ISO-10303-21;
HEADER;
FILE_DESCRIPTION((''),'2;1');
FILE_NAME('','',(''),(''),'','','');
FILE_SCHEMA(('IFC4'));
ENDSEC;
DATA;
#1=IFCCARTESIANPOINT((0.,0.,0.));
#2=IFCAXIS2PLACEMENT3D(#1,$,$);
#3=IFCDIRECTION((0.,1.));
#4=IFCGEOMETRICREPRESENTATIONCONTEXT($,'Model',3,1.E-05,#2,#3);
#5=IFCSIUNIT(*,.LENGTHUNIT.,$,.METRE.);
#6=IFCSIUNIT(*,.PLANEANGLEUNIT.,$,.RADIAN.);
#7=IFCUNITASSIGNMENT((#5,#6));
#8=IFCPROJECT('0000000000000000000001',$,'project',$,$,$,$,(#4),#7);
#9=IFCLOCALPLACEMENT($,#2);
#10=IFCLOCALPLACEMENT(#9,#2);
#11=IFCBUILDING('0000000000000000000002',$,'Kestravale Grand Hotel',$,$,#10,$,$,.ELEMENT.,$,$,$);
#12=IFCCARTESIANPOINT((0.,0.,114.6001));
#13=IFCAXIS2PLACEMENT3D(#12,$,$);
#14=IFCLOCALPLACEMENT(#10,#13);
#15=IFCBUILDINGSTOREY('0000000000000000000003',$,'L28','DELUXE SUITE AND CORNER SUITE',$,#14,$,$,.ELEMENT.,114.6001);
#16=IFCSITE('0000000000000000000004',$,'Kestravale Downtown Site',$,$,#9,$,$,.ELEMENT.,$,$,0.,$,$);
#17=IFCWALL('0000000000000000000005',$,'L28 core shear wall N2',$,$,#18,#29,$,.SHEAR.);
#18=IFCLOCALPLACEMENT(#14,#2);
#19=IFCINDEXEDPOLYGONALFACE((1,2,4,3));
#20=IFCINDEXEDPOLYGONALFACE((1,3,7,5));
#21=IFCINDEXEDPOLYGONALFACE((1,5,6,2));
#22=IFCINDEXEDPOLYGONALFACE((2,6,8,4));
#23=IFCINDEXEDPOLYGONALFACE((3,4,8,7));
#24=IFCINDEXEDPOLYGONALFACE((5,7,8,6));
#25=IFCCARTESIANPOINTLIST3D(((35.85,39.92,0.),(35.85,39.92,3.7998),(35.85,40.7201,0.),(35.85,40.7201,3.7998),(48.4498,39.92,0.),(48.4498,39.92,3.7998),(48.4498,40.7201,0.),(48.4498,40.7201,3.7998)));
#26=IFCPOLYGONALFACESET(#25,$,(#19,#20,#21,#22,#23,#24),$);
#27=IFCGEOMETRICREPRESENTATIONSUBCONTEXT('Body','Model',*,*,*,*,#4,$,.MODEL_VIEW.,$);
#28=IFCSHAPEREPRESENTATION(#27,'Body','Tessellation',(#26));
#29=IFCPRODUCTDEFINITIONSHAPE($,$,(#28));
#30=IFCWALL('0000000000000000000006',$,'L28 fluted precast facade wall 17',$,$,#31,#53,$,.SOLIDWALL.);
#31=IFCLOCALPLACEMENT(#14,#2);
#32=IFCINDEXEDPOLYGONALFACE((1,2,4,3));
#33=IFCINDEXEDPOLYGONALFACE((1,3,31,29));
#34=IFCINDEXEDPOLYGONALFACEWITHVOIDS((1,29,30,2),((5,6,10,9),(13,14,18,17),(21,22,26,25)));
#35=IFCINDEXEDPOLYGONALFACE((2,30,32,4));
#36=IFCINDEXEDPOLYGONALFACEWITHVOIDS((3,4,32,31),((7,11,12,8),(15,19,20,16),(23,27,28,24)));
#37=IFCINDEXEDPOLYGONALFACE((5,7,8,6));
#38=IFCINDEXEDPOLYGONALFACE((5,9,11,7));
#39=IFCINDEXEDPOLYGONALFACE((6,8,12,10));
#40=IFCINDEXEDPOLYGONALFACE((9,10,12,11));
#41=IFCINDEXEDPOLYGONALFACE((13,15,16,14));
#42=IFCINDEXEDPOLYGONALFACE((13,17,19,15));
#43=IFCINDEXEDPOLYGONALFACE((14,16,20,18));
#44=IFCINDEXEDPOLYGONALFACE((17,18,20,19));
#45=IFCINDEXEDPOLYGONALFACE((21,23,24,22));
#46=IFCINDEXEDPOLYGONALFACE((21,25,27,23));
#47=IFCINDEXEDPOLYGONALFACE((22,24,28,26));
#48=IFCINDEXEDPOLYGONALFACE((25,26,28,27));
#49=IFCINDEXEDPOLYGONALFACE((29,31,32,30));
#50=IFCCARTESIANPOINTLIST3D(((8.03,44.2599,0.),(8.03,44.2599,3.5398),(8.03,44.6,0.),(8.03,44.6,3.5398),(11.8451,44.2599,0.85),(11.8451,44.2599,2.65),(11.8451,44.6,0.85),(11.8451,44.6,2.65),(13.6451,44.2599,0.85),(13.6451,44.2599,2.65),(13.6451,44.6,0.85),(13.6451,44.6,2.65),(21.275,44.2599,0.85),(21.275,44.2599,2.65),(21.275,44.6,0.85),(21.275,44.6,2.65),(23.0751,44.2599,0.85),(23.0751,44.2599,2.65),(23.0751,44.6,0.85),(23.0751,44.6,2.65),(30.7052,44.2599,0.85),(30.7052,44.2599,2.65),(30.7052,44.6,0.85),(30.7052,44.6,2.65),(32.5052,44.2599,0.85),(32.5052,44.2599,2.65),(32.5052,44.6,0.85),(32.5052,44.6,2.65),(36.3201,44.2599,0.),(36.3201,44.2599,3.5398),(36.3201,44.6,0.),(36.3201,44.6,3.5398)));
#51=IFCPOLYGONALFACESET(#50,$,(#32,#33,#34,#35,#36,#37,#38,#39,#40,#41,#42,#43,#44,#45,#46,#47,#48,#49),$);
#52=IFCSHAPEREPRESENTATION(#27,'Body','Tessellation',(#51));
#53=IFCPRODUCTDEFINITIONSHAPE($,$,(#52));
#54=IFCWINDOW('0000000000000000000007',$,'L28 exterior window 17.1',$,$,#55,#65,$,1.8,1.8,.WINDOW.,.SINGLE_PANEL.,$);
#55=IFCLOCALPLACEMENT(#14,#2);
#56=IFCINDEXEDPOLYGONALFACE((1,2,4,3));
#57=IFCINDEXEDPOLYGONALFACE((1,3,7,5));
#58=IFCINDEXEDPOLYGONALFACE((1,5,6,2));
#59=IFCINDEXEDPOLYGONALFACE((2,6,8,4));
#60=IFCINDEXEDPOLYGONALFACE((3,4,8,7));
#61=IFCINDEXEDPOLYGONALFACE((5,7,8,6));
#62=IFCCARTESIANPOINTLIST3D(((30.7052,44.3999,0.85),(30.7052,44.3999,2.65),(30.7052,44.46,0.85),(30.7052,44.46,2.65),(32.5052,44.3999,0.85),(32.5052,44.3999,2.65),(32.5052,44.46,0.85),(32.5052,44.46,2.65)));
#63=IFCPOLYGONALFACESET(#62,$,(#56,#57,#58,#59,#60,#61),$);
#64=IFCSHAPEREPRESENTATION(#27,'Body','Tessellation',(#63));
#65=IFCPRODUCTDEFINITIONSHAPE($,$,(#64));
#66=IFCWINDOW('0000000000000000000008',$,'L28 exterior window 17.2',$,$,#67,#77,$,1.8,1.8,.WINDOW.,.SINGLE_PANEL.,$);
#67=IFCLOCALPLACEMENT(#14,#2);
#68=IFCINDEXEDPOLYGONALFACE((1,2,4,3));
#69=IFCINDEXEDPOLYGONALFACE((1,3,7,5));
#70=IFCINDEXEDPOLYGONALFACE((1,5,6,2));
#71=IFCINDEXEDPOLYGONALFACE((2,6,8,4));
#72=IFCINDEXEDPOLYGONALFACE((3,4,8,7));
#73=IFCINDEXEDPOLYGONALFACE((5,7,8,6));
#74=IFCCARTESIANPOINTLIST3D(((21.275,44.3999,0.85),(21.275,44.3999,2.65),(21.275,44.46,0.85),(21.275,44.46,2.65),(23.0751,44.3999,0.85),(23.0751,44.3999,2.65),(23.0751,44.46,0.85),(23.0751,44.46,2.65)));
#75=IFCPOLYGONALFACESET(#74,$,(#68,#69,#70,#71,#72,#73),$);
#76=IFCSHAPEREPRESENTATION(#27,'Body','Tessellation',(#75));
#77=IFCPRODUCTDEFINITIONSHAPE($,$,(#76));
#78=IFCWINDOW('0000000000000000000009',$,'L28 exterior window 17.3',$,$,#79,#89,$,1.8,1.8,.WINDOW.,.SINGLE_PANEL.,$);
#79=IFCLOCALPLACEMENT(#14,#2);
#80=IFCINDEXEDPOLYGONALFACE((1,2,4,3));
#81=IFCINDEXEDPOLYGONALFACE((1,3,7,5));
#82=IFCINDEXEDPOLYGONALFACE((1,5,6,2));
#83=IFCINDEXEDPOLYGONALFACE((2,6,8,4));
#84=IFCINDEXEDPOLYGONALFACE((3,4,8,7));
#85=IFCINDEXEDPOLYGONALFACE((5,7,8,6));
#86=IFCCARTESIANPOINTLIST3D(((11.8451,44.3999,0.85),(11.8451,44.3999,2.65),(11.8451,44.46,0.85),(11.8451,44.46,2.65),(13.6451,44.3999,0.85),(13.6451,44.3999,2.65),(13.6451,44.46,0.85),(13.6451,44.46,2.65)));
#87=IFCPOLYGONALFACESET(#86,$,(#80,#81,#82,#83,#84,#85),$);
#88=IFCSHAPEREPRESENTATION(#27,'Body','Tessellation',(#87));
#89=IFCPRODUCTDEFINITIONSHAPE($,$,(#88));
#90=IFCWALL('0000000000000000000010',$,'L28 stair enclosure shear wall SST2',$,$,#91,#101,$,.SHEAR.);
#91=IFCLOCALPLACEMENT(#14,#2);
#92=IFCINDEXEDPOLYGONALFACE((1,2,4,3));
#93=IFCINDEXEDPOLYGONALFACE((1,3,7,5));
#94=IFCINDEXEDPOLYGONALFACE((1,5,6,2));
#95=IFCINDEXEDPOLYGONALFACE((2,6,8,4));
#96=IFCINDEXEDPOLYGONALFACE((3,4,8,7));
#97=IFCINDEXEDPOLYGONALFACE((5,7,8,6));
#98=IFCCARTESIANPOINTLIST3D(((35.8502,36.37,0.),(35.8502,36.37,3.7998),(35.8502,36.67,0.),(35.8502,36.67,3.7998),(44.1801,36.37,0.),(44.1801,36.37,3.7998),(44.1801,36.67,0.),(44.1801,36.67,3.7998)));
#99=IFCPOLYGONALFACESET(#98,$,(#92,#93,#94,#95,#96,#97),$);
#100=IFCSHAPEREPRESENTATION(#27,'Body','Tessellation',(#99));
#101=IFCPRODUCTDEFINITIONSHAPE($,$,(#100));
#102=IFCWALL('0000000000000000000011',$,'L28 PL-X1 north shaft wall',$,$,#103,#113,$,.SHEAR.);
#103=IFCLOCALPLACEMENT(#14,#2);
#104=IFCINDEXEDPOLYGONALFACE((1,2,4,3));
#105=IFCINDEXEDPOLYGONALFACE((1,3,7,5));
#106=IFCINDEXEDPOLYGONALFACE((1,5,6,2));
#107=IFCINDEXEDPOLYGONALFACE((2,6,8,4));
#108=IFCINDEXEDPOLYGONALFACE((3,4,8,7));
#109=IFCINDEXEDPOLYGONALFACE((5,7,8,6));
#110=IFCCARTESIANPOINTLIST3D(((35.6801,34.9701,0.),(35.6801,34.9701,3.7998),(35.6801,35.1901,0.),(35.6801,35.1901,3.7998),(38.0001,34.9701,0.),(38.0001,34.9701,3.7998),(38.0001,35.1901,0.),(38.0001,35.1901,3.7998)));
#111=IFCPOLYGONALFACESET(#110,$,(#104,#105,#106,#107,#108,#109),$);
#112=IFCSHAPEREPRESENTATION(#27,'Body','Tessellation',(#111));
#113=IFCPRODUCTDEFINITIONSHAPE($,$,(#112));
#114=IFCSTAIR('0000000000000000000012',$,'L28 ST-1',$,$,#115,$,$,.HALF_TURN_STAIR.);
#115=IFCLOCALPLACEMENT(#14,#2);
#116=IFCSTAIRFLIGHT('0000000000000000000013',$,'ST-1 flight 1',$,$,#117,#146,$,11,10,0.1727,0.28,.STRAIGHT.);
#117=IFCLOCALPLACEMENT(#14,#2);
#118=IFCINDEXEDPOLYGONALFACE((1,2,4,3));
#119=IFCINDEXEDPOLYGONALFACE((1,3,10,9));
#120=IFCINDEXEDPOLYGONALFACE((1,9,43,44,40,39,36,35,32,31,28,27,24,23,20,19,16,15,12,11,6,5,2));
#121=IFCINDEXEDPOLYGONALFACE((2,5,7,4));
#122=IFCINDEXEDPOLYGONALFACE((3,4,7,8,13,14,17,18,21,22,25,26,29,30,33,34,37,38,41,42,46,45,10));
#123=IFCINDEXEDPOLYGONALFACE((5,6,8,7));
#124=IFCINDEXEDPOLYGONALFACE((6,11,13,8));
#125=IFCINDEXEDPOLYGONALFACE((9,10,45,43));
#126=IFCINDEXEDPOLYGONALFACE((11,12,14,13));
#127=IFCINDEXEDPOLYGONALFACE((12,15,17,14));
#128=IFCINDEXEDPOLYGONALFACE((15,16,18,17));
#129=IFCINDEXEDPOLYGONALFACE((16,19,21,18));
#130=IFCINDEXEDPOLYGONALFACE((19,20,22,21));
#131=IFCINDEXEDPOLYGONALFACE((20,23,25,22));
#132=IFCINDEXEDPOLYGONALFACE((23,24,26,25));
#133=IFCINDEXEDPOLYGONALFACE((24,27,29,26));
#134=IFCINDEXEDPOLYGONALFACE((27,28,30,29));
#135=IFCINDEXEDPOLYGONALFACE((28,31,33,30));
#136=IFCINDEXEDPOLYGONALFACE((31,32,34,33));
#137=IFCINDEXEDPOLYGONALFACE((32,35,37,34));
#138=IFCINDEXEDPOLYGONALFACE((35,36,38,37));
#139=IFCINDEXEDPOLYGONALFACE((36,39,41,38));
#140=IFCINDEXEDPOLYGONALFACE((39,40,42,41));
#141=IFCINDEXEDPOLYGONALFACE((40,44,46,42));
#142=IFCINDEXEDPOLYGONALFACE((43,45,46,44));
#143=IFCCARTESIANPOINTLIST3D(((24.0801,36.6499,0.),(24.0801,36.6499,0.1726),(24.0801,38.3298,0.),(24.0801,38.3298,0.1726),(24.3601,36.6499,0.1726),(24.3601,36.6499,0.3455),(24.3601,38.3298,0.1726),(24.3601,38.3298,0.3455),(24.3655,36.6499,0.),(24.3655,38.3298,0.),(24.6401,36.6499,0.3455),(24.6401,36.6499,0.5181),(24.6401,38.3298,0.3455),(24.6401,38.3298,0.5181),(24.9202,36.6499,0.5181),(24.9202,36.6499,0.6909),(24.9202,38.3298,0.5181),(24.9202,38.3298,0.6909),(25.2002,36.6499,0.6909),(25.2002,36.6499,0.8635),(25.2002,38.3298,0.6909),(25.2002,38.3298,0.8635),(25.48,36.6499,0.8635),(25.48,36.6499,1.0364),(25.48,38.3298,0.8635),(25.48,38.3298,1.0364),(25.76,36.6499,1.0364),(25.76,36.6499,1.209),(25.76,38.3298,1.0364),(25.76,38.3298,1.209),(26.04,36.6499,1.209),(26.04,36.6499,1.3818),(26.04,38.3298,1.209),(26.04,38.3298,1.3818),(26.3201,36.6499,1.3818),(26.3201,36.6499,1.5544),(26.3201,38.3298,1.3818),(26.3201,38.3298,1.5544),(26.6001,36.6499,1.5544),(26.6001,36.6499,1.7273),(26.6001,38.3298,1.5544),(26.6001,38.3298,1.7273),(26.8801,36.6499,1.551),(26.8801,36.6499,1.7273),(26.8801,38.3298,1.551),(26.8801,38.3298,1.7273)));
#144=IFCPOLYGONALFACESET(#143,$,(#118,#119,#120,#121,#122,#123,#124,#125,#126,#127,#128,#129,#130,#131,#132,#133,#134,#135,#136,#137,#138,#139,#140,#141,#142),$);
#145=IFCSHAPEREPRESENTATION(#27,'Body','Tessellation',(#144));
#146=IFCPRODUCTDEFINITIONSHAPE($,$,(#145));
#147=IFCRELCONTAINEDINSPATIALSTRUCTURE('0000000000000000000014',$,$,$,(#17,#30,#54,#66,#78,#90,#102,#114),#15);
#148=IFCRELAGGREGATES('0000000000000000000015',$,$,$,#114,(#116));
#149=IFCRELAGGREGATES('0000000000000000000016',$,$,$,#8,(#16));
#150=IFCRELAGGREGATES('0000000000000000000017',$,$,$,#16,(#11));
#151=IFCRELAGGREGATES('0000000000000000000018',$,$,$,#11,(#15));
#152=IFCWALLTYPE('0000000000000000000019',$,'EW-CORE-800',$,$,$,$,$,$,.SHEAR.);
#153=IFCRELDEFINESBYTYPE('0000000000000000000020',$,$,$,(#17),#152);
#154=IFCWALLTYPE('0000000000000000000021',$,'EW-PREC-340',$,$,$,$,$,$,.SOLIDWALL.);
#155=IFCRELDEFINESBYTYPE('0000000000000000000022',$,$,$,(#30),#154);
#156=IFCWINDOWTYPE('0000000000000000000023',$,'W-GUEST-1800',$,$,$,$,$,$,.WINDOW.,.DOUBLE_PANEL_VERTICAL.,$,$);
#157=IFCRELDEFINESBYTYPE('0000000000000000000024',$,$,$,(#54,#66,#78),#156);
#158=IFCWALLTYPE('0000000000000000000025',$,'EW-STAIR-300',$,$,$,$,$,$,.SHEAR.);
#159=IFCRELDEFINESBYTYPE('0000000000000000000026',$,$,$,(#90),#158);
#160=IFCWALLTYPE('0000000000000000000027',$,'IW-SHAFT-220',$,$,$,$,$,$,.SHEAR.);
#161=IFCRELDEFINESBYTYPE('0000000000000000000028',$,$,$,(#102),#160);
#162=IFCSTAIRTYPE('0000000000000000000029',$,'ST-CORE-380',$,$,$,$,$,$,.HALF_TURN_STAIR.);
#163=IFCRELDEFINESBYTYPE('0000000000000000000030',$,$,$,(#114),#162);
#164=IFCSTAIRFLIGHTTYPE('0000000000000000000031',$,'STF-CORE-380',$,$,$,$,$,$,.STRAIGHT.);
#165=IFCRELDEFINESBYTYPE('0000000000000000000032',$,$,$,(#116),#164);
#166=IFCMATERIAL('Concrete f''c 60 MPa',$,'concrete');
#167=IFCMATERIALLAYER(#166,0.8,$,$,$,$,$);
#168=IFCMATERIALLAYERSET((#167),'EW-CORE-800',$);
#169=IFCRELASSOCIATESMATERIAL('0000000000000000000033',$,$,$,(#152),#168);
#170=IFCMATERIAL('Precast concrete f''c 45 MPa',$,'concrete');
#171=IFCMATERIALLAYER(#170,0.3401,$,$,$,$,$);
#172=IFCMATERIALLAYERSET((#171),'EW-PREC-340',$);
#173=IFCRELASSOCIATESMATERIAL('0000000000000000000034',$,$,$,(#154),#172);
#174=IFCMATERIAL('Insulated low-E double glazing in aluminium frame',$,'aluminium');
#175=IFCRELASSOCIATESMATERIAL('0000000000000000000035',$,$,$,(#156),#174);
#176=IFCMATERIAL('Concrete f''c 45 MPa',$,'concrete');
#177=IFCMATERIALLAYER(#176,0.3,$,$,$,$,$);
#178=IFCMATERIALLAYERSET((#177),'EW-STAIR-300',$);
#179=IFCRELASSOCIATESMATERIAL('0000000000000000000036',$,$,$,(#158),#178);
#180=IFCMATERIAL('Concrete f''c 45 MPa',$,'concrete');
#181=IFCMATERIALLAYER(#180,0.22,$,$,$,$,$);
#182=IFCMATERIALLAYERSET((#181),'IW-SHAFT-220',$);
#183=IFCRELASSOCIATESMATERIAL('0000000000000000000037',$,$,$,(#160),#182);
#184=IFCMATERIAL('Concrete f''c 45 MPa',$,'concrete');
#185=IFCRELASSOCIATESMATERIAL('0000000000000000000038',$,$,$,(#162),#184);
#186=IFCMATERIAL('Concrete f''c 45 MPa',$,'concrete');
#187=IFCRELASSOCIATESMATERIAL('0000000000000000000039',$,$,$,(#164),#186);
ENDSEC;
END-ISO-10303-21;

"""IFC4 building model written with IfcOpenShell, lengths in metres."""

from ifc_helpers import new_model, si_unit, direction, frame, frame_2d, origin, place, context, subcontext, project, spatial, polyline, rectangle, outline, extrude, material, layer, layer_set, type_object, element, fill, aggregate, save


model = new_model("IFC4")

# Units and contexts
model_context = context("Model", 3, precision=1e-05, world=origin(), true_north=direction((0.0, 1.0)))
body_context = subcontext(model_context, "Body", "Model", "MODEL_VIEW")
ifc_project = project(units=[si_unit("LENGTHUNIT", "METRE"), si_unit("PLANEANGLEUNIT", "RADIAN")], contexts=[model_context])

# Site, building, storey
site_placement = place(None, origin())
site = spatial("IfcSite", under=ifc_project, at=site_placement, Name="Kestravale Downtown Site", CompositionType="ELEMENT", RefElevation=0.0)
building_placement = place(site_placement, origin())
building = spatial("IfcBuilding", under=site, at=building_placement, Name="Kestravale Grand Hotel", CompositionType="ELEMENT")
storey_placement = place(building_placement, frame((0.0, 0.0, 114.6001)))
storey = spatial("IfcBuildingStorey", under=building, at=storey_placement, Name="L28", Description="DELUXE SUITE AND CORNER SUITE", CompositionType="ELEMENT", Elevation=114.6001)

# Wall
ifc_material_1 = material(Name="Concrete f'c 60 MPa", Category="concrete")
ifc_layer_1 = layer(ifc_material_1, 0.8)
ifc_layer_set_1 = layer_set([ifc_layer_1], Name="EW-CORE-800")
wall_type_1 = type_object("IfcWallType", Name="EW-CORE-800", PredefinedType="SHEAR", material=ifc_layer_set_1)
wall_1_placement = place(storey_placement, frame((35.8501, 40.3201, 0.0), z_axis=(0.0, 0.0, 1.0), x_axis=(1.0, 0.0, 0.0)))
element("IfcWall", 1, at=wall_1_placement, inside=storey, type_object=wall_type_1, Name="L28 core shear wall N2", PredefinedType="SHEAR", context=body_context, shape_type="SweptSolid", body=[
    extrude(rectangle(XDim=12.5999, YDim=0.8, at=frame_2d((6.2998, 0.0))), origin(), (0.0, 0.0, 1.0), 3.7998),
])

# Wall, openings, windows
ifc_material_2 = material(Name="Precast concrete f'c 45 MPa", Category="concrete")
ifc_layer_2 = layer(ifc_material_2, 0.3401)
ifc_layer_set_2 = layer_set([ifc_layer_2], Name="EW-PREC-340")
wall_type_2 = type_object("IfcWallType", Name="EW-PREC-340", PredefinedType="SOLIDWALL", material=ifc_layer_set_2)
wall_2_placement = place(storey_placement, frame((36.3201, 44.4299, 0.0), z_axis=(0.0, 0.0, 1.0), x_axis=(-1.0, 0.0, 0.0)))
wall_2 = element("IfcWall", 2, at=wall_2_placement, inside=storey, type_object=wall_type_2, Name="L28 fluted precast facade wall 17", PredefinedType="SOLIDWALL", context=body_context, shape_type="SweptSolid", body=[
    extrude(rectangle(XDim=28.29, YDim=0.3401, at=frame_2d((14.145, 0.0))), origin(), (0.0, 0.0, 1.0), 3.5398),
])
opening_1_placement = place(wall_2_placement, frame((3.8149, 0.0, 0.8501)))
opening_1 = element("IfcOpeningElement", 3, at=opening_1_placement, cuts=wall_2, PredefinedType="OPENING", context=body_context, shape_type="SweptSolid", body=[
    extrude(rectangle(XDim=1.8, YDim=1.8, at=frame_2d((0.8999, 0.8999))), frame((0.0, 0.1799, 0.0), z_axis=(0.0, -1.0, 0.0), x_axis=(1.0, 0.0, 0.0)), (0.0, 0.0, 1.0), 0.3601),
])
opening_2_placement = place(wall_2_placement, frame((13.2451, 0.0, 0.8501)))
opening_2 = element("IfcOpeningElement", 4, at=opening_2_placement, cuts=wall_2, PredefinedType="OPENING", context=body_context, shape_type="SweptSolid", body=[
    extrude(rectangle(XDim=1.8, YDim=1.8, at=frame_2d((0.8999, 0.8999))), frame((0.0, 0.1799, 0.0), z_axis=(0.0, -1.0, 0.0), x_axis=(1.0, 0.0, 0.0)), (0.0, 0.0, 1.0), 0.3601),
])
opening_3_placement = place(wall_2_placement, frame((22.675, 0.0, 0.8501)))
opening_3 = element("IfcOpeningElement", 5, at=opening_3_placement, cuts=wall_2, PredefinedType="OPENING", context=body_context, shape_type="SweptSolid", body=[
    extrude(rectangle(XDim=1.8, YDim=1.8, at=frame_2d((0.8999, 0.8999))), frame((0.0, 0.1799, 0.0), z_axis=(0.0, -1.0, 0.0), x_axis=(1.0, 0.0, 0.0)), (0.0, 0.0, 1.0), 0.3601),
])
ifc_material_3 = material(Name="Insulated low-E double glazing in aluminium frame", Category="aluminium")
window_type = type_object("IfcWindowType", Name="W-GUEST-1800", PartitioningType="DOUBLE_PANEL_VERTICAL", PredefinedType="WINDOW", material=ifc_material_3)
window_1_placement = place(opening_1_placement, origin())
window_1 = element("IfcWindow", 6, at=window_1_placement, inside=storey, type_object=window_type, Name="L28 exterior window 17.1", OverallHeight=1.8, OverallWidth=1.8, PartitioningType="SINGLE_PANEL", PredefinedType="WINDOW", context=body_context, shape_type="SweptSolid", body=[
    extrude(rectangle(XDim=1.8, YDim=1.8, at=frame_2d((0.8999, 0.8999))), frame((0.0, 0.03, 0.0), z_axis=(0.0, -1.0, 0.0), x_axis=(1.0, 0.0, 0.0)), (0.0, 0.0, 1.0), 0.0601),
])
fill(opening_1, window_1)
window_2_placement = place(opening_2_placement, origin())
window_2 = element("IfcWindow", 7, at=window_2_placement, inside=storey, type_object=window_type, Name="L28 exterior window 17.2", OverallHeight=1.8, OverallWidth=1.8, PartitioningType="SINGLE_PANEL", PredefinedType="WINDOW", context=body_context, shape_type="SweptSolid", body=[
    extrude(rectangle(XDim=1.8, YDim=1.8, at=frame_2d((0.8999, 0.8999))), frame((0.0, 0.03, 0.0), z_axis=(0.0, -1.0, 0.0), x_axis=(1.0, 0.0, 0.0)), (0.0, 0.0, 1.0), 0.0601),
])
fill(opening_2, window_2)
window_3_placement = place(opening_3_placement, origin())
window_3 = element("IfcWindow", 8, at=window_3_placement, inside=storey, type_object=window_type, Name="L28 exterior window 17.3", OverallHeight=1.8, OverallWidth=1.8, PartitioningType="SINGLE_PANEL", PredefinedType="WINDOW", context=body_context, shape_type="SweptSolid", body=[
    extrude(rectangle(XDim=1.8, YDim=1.8, at=frame_2d((0.8999, 0.8999))), frame((0.0, 0.03, 0.0), z_axis=(0.0, -1.0, 0.0), x_axis=(1.0, 0.0, 0.0)), (0.0, 0.0, 1.0), 0.0601),
])
fill(opening_3, window_3)

# Wall
ifc_material_4 = material(Name="Concrete f'c 45 MPa", Category="concrete")
ifc_layer_3 = layer(ifc_material_4, 0.3)
ifc_layer_set_3 = layer_set([ifc_layer_3], Name="EW-STAIR-300")
wall_type_3 = type_object("IfcWallType", Name="EW-STAIR-300", PredefinedType="SHEAR", material=ifc_layer_set_3)
wall_3_placement = place(storey_placement, frame((35.8501, 36.52, 0.0), z_axis=(0.0, 0.0, 1.0), x_axis=(1.0, 0.0, 0.0)))
element("IfcWall", 9, at=wall_3_placement, inside=storey, type_object=wall_type_3, Name="L28 stair enclosure shear wall SST2", PredefinedType="SHEAR", context=body_context, shape_type="SweptSolid", body=[
    extrude(rectangle(XDim=8.3298, YDim=0.3, at=frame_2d((4.165, 0.0))), origin(), (0.0, 0.0, 1.0), 3.7998),
])

# Wall
ifc_material_5 = material(Name="Concrete f'c 45 MPa", Category="concrete")
ifc_layer_4 = layer(ifc_material_5, 0.22)
ifc_layer_set_4 = layer_set([ifc_layer_4], Name="IW-SHAFT-220")
wall_type_4 = type_object("IfcWallType", Name="IW-SHAFT-220", PredefinedType="SHEAR", material=ifc_layer_set_4)
wall_4_placement = place(storey_placement, frame((35.6799, 35.0801, 0.0), z_axis=(0.0, 0.0, 1.0), x_axis=(1.0, 0.0, 0.0)))
element("IfcWall", 10, at=wall_4_placement, inside=storey, type_object=wall_type_4, Name="L28 PL-X1 north shaft wall", PredefinedType="SHEAR", context=body_context, shape_type="SweptSolid", body=[
    extrude(rectangle(XDim=2.3201, YDim=0.22, at=frame_2d((1.1602, 0.0))), origin(), (0.0, 0.0, 1.0), 3.7998),
])

# Stair, stair flight
ifc_material_6 = material(Name="Concrete f'c 45 MPa", Category="concrete")
stair_type = type_object("IfcStairType", Name="ST-CORE-380", PredefinedType="HALF_TURN_STAIR", material=ifc_material_6)
stair_placement = place(storey_placement, origin())
stair = element("IfcStair", 11, at=stair_placement, inside=storey, type_object=stair_type, Name="L28 ST-1", PredefinedType="HALF_TURN_STAIR")
ifc_material_7 = material(Name="Concrete f'c 45 MPa", Category="concrete")
stair_flight_type = type_object("IfcStairFlightType", Name="STF-CORE-380", PredefinedType="STRAIGHT", material=ifc_material_7)
stair_flight_1_placement = place(storey_placement, frame((24.0801, 37.49, 0.0), z_axis=(0.0, 0.0, 1.0), x_axis=(1.0, 0.0, 0.0)))
stair_flight_1 = element("IfcStairFlight", 12, at=stair_flight_1_placement, type_object=stair_flight_type, Name="ST-1 flight 1", NumberOfRisers=11, NumberOfTreads=10, PredefinedType="STRAIGHT", RiserHeight=0.1727, TreadLength=0.28, context=body_context, shape_type="SweptSolid", body=[
    extrude(outline(polyline([(0.0, 0.0), (0.0, 0.1726), (0.28, 0.1726), (0.28, 0.3455), (0.5601, 0.3455), (0.5601, 0.5181), (0.8401, 0.5181), (0.8401, 0.6909), (1.1201, 0.6909), (1.1201, 0.8635), (1.3999, 0.8635), (1.3999, 1.0364), (1.6799, 1.0364), (1.6799, 1.209), (1.96, 1.209), (1.96, 1.3818), (2.24, 1.3818), (2.24, 1.5544), (2.52, 1.5544), (2.52, 1.7273), (2.8, 1.7273), (2.8, 1.8999), (2.8, 1.551), (0.2854, 0.0), (0.0, 0.0)])), frame((0.0, 0.8398, 0.0), z_axis=(0.0, -1.0, 0.0), x_axis=(1.0, 0.0, 0.0)), (0.0, 0.0, 1.0), 1.6799),
])
aggregate(stair, [stair_flight_1])

save(model, "model.ifc")
